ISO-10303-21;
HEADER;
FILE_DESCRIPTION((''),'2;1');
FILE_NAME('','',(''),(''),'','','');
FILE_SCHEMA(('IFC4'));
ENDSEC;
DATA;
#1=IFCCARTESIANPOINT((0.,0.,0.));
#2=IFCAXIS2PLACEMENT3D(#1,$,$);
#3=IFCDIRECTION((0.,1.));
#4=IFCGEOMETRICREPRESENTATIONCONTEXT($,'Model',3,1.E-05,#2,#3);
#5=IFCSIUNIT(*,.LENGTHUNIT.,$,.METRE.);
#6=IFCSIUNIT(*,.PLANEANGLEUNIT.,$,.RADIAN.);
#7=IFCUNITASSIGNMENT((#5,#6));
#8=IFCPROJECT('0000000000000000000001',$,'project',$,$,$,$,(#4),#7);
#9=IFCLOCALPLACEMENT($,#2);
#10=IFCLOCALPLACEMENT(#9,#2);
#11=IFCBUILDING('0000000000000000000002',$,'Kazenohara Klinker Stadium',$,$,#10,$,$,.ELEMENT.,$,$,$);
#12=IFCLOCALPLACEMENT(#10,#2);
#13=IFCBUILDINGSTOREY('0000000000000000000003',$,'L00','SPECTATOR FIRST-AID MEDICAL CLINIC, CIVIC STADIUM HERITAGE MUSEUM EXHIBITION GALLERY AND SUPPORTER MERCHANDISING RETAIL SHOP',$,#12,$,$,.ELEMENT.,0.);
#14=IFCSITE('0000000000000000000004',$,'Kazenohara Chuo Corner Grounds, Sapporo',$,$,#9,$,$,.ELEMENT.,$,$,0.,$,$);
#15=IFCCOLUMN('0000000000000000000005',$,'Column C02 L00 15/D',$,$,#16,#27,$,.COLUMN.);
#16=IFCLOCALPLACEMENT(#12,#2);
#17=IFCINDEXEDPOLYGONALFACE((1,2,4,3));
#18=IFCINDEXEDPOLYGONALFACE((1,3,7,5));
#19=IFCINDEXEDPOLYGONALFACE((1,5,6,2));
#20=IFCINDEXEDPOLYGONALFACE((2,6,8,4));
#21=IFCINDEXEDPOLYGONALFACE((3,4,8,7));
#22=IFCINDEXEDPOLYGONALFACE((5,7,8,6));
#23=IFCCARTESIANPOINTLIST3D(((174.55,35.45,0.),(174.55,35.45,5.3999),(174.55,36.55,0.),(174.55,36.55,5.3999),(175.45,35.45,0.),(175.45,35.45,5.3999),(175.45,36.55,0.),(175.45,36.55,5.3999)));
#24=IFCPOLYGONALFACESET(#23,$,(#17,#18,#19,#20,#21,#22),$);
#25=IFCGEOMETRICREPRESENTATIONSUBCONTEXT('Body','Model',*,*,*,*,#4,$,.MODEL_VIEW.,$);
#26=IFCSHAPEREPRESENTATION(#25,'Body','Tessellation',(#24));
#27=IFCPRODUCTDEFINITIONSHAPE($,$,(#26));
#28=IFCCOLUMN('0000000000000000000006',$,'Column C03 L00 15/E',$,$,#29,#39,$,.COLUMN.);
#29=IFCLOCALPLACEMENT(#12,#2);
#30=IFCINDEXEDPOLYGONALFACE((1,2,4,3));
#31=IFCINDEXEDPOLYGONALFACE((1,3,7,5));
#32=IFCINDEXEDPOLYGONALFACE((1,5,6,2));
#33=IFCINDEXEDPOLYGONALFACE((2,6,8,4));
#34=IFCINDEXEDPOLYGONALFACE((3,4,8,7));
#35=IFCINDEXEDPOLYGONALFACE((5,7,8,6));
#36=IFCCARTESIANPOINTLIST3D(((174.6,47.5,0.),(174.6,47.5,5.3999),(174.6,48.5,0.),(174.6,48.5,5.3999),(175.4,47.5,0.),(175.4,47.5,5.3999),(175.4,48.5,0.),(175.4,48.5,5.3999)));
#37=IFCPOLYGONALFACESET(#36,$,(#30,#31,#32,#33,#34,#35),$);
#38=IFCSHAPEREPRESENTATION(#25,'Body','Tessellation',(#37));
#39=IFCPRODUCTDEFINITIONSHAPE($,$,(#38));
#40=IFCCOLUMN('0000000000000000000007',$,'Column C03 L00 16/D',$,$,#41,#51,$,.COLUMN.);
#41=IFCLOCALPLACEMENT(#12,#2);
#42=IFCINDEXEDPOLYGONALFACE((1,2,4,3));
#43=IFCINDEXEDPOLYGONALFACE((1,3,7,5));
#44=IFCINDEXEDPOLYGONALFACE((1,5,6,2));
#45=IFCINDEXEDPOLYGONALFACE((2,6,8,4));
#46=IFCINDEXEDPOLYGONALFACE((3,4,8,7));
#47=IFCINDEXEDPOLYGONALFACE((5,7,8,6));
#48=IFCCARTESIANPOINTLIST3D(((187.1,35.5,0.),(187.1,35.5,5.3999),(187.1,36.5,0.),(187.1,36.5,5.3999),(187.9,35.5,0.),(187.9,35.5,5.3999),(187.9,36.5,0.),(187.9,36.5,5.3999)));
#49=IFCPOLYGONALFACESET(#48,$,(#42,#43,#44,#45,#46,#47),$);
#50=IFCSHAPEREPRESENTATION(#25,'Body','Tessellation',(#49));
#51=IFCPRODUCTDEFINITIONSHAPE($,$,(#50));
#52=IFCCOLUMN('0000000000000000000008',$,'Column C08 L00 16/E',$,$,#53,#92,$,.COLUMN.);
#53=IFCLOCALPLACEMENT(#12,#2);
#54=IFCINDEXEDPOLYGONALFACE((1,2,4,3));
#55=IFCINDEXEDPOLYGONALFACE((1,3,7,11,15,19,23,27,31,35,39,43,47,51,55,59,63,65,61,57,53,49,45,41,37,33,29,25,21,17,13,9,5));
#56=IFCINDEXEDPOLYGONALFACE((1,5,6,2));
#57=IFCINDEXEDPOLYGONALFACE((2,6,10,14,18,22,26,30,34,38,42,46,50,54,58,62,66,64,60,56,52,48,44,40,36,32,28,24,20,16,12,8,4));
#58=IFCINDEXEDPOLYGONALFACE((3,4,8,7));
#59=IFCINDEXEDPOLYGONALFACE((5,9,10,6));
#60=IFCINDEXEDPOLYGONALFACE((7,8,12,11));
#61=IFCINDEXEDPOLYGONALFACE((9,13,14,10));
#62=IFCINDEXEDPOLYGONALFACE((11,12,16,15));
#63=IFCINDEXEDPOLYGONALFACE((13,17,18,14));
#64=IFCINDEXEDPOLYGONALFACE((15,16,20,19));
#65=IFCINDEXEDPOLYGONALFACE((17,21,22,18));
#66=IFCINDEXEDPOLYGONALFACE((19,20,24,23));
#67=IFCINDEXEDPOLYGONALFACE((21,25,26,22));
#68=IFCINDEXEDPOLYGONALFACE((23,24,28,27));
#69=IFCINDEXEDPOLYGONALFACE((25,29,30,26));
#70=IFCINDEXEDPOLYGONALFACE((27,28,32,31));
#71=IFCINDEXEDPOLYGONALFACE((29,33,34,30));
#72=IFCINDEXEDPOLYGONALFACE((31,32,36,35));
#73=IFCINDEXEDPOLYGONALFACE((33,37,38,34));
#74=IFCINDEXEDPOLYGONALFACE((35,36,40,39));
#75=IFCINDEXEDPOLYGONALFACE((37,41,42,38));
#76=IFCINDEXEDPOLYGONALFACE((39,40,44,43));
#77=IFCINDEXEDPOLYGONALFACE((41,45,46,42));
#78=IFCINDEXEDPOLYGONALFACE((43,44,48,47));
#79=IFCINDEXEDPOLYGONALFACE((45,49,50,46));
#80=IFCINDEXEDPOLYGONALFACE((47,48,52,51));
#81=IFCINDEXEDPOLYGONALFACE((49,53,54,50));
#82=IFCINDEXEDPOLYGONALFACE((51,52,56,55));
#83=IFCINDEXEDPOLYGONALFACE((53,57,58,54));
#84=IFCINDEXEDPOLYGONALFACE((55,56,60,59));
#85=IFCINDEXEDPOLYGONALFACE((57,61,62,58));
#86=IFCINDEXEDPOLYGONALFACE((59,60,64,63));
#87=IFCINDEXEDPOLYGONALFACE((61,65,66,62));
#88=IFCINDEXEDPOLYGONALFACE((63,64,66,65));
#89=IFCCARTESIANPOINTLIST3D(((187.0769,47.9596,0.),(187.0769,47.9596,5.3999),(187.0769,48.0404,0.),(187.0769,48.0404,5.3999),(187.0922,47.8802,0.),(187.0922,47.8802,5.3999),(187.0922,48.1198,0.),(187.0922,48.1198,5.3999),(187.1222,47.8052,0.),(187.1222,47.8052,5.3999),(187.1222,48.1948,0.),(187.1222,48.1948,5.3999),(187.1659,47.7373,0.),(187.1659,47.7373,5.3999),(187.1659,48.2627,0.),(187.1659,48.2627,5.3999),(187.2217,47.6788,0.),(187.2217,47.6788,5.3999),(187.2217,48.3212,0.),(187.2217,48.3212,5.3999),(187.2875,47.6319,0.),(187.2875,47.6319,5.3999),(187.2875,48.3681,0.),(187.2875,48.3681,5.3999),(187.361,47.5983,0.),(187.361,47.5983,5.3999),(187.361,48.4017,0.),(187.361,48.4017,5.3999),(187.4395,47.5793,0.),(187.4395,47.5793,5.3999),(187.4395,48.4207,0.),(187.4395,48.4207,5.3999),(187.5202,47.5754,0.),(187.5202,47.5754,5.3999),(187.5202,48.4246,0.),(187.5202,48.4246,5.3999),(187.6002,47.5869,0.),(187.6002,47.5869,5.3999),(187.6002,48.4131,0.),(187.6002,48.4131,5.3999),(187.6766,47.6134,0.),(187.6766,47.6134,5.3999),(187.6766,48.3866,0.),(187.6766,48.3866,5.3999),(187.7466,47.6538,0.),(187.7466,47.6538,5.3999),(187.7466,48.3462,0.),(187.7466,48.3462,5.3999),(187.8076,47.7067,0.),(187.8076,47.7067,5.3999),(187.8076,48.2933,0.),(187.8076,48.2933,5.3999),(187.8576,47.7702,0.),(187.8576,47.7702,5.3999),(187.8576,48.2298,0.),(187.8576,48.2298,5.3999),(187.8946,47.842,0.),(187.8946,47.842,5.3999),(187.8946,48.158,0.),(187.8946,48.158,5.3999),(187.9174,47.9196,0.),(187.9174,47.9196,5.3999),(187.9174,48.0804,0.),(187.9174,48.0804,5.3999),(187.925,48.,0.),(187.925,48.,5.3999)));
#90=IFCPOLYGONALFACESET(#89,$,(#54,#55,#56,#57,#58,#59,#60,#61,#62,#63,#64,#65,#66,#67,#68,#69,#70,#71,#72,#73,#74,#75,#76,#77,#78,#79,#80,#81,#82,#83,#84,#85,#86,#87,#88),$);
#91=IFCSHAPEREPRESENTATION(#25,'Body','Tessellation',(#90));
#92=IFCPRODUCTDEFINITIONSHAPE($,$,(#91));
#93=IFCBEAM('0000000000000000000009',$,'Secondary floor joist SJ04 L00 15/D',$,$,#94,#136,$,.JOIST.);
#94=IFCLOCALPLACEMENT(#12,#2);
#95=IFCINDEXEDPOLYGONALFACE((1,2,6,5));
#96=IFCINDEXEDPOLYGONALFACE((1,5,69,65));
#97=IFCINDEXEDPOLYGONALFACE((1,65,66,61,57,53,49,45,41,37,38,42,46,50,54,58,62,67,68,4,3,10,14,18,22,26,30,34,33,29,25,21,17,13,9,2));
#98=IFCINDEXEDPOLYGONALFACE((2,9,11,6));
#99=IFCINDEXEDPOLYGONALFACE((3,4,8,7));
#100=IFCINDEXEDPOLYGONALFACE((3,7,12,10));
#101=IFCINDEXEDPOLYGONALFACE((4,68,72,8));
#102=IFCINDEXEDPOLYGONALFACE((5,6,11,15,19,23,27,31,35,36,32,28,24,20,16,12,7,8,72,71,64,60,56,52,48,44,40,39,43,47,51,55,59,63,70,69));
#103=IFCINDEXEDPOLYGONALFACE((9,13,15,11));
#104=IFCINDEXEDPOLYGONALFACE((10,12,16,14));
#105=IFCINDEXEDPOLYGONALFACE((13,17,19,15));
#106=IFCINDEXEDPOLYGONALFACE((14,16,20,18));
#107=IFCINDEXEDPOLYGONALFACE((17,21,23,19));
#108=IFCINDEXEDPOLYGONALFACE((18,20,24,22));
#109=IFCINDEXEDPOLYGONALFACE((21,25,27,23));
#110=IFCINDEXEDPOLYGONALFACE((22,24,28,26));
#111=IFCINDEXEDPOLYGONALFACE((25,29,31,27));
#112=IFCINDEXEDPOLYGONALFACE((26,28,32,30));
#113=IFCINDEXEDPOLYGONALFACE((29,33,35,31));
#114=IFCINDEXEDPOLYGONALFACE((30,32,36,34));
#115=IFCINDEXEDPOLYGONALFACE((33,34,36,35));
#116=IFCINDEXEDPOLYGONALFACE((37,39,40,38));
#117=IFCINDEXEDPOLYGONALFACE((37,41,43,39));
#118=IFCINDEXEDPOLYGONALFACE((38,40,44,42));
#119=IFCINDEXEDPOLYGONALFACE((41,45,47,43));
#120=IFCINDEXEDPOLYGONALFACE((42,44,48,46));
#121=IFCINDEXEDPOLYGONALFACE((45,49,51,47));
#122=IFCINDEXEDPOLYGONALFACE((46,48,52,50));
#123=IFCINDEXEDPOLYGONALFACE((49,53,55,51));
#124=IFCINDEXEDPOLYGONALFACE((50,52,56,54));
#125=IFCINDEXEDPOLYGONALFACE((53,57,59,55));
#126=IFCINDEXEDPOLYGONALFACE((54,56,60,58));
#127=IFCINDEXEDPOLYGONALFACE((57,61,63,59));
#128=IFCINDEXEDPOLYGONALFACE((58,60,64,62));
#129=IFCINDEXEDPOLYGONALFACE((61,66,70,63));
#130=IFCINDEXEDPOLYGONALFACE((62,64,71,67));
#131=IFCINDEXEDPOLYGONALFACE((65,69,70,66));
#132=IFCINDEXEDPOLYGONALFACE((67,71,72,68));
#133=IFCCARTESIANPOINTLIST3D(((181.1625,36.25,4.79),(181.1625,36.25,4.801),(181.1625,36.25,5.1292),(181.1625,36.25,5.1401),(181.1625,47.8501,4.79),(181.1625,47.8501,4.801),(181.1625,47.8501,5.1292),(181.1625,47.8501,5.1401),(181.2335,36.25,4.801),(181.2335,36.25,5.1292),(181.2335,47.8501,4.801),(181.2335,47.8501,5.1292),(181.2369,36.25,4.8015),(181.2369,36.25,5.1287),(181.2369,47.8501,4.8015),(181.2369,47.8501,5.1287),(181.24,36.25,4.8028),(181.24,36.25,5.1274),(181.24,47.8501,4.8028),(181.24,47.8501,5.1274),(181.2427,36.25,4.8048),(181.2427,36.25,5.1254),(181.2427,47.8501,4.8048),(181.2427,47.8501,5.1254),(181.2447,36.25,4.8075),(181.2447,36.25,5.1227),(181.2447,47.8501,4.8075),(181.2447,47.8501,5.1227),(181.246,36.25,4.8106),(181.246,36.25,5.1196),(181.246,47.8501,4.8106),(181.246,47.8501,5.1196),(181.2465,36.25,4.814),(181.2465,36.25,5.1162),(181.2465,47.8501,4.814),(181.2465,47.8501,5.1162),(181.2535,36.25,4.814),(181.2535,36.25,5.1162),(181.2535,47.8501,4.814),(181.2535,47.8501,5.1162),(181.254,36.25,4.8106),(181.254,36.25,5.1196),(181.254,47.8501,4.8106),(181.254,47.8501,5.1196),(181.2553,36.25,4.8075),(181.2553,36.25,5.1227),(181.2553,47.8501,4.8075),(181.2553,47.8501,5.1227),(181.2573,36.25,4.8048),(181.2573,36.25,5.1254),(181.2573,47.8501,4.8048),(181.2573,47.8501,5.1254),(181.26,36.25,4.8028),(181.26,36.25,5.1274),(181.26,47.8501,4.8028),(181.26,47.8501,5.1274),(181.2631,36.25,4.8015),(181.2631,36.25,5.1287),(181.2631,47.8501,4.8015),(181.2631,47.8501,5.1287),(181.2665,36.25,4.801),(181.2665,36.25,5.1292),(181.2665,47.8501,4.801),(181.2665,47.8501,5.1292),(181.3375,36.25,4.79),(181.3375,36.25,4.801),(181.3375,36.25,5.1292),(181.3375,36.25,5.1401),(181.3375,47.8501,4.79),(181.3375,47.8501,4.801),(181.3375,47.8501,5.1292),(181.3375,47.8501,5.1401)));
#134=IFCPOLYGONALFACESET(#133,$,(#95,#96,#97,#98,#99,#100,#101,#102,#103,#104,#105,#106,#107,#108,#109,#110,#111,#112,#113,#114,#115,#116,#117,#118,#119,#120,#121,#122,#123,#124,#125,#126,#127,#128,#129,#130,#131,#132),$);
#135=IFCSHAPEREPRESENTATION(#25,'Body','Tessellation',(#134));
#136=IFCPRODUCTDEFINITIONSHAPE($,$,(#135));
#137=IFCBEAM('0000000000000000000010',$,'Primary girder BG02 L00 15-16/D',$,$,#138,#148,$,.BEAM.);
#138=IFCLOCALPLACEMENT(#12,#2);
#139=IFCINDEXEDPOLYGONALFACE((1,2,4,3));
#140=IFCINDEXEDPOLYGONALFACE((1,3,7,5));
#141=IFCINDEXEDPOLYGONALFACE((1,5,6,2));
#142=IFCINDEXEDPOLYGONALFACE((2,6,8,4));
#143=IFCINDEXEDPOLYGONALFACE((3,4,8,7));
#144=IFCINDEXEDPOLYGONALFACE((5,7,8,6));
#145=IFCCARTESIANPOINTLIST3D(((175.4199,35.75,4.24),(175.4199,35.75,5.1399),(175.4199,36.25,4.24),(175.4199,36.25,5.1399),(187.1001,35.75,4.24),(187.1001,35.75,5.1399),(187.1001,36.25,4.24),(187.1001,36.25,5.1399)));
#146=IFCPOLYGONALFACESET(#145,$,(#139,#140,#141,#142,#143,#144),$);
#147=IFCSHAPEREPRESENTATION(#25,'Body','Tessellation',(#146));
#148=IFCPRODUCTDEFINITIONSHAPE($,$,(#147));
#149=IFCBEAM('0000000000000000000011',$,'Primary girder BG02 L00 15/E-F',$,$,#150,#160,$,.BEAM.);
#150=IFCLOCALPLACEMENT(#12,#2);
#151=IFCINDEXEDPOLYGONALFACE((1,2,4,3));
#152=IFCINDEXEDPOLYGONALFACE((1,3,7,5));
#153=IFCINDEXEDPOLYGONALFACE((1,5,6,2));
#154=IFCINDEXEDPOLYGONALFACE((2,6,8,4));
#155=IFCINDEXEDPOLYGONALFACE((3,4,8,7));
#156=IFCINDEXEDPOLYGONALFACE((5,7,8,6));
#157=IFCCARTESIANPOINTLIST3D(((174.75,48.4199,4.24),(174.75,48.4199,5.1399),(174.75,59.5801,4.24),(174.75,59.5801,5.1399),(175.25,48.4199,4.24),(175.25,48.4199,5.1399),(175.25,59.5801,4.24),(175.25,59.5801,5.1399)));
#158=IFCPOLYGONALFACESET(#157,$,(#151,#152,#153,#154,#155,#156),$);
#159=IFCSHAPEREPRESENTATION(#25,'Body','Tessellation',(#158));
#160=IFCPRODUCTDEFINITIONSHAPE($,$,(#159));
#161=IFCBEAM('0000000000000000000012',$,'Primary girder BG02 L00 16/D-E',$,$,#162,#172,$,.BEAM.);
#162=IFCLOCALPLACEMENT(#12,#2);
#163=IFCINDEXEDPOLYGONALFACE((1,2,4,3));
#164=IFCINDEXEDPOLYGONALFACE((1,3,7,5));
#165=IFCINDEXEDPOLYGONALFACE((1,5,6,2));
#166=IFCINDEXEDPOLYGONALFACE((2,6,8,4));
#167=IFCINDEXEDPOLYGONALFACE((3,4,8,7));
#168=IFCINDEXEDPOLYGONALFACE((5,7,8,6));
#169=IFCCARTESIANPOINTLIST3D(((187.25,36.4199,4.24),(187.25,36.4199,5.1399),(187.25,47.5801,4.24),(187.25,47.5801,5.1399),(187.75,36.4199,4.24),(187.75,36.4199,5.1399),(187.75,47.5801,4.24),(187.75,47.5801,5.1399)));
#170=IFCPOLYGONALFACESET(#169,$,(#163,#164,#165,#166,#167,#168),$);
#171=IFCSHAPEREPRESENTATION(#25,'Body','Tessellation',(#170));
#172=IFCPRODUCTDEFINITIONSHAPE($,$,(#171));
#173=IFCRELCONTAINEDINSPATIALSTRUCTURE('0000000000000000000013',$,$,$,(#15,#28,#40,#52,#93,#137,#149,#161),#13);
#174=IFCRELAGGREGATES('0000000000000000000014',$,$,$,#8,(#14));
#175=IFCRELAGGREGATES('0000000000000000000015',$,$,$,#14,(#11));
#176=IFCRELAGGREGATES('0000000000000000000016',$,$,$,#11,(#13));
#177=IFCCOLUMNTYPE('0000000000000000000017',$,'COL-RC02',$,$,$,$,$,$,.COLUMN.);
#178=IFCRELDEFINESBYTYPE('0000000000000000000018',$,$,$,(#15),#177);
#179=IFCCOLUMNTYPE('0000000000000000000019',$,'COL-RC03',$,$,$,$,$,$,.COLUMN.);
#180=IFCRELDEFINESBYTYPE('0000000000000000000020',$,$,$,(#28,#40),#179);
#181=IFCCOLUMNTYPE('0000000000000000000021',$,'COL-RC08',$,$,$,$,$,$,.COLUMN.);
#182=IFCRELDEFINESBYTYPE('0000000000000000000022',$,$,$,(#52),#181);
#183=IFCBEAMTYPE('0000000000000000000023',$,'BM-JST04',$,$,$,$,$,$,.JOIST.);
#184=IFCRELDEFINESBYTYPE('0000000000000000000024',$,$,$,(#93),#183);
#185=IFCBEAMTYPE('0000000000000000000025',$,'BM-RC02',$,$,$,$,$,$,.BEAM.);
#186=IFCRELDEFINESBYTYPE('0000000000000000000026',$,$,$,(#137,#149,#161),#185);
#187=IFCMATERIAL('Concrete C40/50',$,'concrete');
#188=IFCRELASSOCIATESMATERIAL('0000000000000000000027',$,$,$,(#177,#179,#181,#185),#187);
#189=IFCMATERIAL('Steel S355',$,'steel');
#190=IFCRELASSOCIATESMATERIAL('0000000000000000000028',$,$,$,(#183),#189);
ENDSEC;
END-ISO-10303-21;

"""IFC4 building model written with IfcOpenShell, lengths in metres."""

from ifc_helpers import new_model, si_unit, direction, frame, origin, origin_2d, place, context, subcontext, project, spatial, rectangle, circle, i_section, extrude, material, material_profile, profile_set, type_object, element, save


model = new_model("IFC4")

# Units and contexts
model_context = context("Model", 3, precision=1e-05, world=origin(), true_north=direction((0.0, 1.0)))
body_context = subcontext(model_context, "Body", "Model", "MODEL_VIEW")
ifc_project = project(units=[si_unit("LENGTHUNIT", "METRE"), si_unit("PLANEANGLEUNIT", "RADIAN")], contexts=[model_context])

# Site, building, storey
site_placement = place(None, origin())
site = spatial("IfcSite", under=ifc_project, at=site_placement, Name="Kazenohara Chuo Corner Grounds, Sapporo", CompositionType="ELEMENT", RefElevation=0.0)
building_placement = place(site_placement, origin())
building = spatial("IfcBuilding", under=site, at=building_placement, Name="Kazenohara Klinker Stadium", CompositionType="ELEMENT")
storey_placement = place(building_placement, origin())
storey = spatial("IfcBuildingStorey", under=building, at=storey_placement, Name="L00", Description="SPECTATOR FIRST-AID MEDICAL CLINIC, CIVIC STADIUM HERITAGE MUSEUM EXHIBITION GALLERY AND SUPPORTER MERCHANDISING RETAIL SHOP", CompositionType="ELEMENT", Elevation=0.0)

# Columns
ifc_material_1 = material(Name="Concrete C40/50", Category="concrete")
ifc_material_profile_1 = material_profile(ifc_material_1, rectangle(XDim=0.8999, YDim=1.1001, at=origin_2d()), Name="RC-COL-1100x900")
ifc_profile_set_1 = profile_set([ifc_material_profile_1], Name="Concrete C40/50")
column_type_1 = type_object("IfcColumnType", Name="COL-RC02", PredefinedType="COLUMN", material=ifc_profile_set_1)
column_1_placement = place(storey_placement, frame((175.0, 36.0, 0.0), z_axis=(0.0, 0.0, 1.0), x_axis=(1.0, 0.0, 0.0)))
element("IfcColumn", 1, at=column_1_placement, inside=storey, type_object=column_type_1, Name="Column C02 L00 15/D", PredefinedType="COLUMN", context=body_context, shape_type="SweptSolid", body=[
    extrude(rectangle(XDim=0.8999, YDim=1.1001, at=origin_2d()), origin(), (0.0, 0.0, 1.0), 5.3999),
])
ifc_material_profile_2 = material_profile(ifc_material_1, rectangle(XDim=0.8, YDim=1.0, at=origin_2d()), Name="RC-COL-1000x800")
ifc_profile_set_2 = profile_set([ifc_material_profile_2], Name="Concrete C40/50")
column_type_2 = type_object("IfcColumnType", Name="COL-RC03", PredefinedType="COLUMN", material=ifc_profile_set_2)
for number, where, z_axis, x_axis, name in (
    (2, (175.0, 48.0, 0.0), (0.0, 0.0, 1.0), (1.0, 0.0, 0.0), "Column C03 L00 15/E"),
    (3, (187.5, 36.0, 0.0), (0.0, 0.0, 1.0), (1.0, 0.0, 0.0), "Column C03 L00 16/D"),
):
    element("IfcColumn", number, at=place(storey_placement, frame(where, z_axis=z_axis, x_axis=x_axis)), inside=storey, type_object=column_type_2, Name=name, PredefinedType="COLUMN", context=body_context, shape_type="SweptSolid", body=[
        extrude(rectangle(XDim=0.8, YDim=1.0, at=origin_2d()), origin(), (0.0, 0.0, 1.0), 5.3999),
    ])
ifc_material_profile_3 = material_profile(ifc_material_1, circle(Radius=0.425, at=origin_2d()), Name="RC-COL-D850")
ifc_profile_set_3 = profile_set([ifc_material_profile_3], Name="Concrete C40/50")
column_type_3 = type_object("IfcColumnType", Name="COL-RC08", PredefinedType="COLUMN", material=ifc_profile_set_3)
column_2_placement = place(storey_placement, frame((187.5, 48.0, 0.0), z_axis=(0.0, 0.0, 1.0), x_axis=(1.0, 0.0, 0.0)))
element("IfcColumn", 4, at=column_2_placement, inside=storey, type_object=column_type_3, Name="Column C08 L00 16/E", PredefinedType="COLUMN", context=body_context, shape_type="SweptSolid", body=[
    extrude(circle(Radius=0.425, at=origin_2d()), origin(), (0.0, 0.0, 1.0), 5.3999),
])

# Beams
ifc_material_2 = material(Name="Steel S355", Category="steel")
ifc_material_profile_4 = material_profile(ifc_material_2, i_section(OverallWidth=0.175, OverallDepth=0.3501, WebThickness=0.0071, FlangeThickness=0.011, FilletRadius=0.0129, at=origin_2d()), Name="H-350x175x7x11")
ifc_profile_set_4 = profile_set([ifc_material_profile_4], Name="Steel S355")
beam_type_1 = type_object("IfcBeamType", Name="BM-JST04", PredefinedType="JOIST", material=ifc_profile_set_4)
beam_1_placement = place(storey_placement, frame((181.25, 36.25, 4.9651), z_axis=(0.0, 1.0, 0.0), x_axis=(-1.0, 0.0, 0.0)))
element("IfcBeam", 5, at=beam_1_placement, inside=storey, type_object=beam_type_1, Name="Secondary floor joist SJ04 L00 15/D", PredefinedType="JOIST", context=body_context, shape_type="SweptSolid", body=[
    extrude(i_section(OverallWidth=0.175, OverallDepth=0.3501, WebThickness=0.0071, FlangeThickness=0.011, FilletRadius=0.0129, at=origin_2d()), origin(), (0.0, 0.0, 1.0), 11.6001),
])
ifc_material_profile_5 = material_profile(ifc_material_1, rectangle(XDim=0.5, YDim=0.8999, at=origin_2d()), Name="RC-BM-500x900")
ifc_profile_set_5 = profile_set([ifc_material_profile_5], Name="Concrete C40/50")
beam_type_2 = type_object("IfcBeamType", Name="BM-RC02", PredefinedType="BEAM", material=ifc_profile_set_5)
beam_2_placement = place(storey_placement, frame((175.4199, 36.0, 4.6899), z_axis=(1.0, 0.0, 0.0), x_axis=(0.0, 1.0, 0.0)))
element("IfcBeam", 6, at=beam_2_placement, inside=storey, type_object=beam_type_2, Name="Primary girder BG02 L00 15-16/D", PredefinedType="BEAM", context=body_context, shape_type="SweptSolid", body=[
    extrude(rectangle(XDim=0.5, YDim=0.8999, at=origin_2d()), origin(), (0.0, 0.0, 1.0), 11.6802),
])
for number, where, z_axis, x_axis, name in (
    (7, (175.0, 48.4199, 4.6899), (0.0, 1.0, 0.0), (-1.0, 0.0, 0.0), "Primary girder BG02 L00 15/E-F"),
    (8, (187.5, 36.4199, 4.6899), (0.0, 1.0, 0.0), (-1.0, 0.0, 0.0), "Primary girder BG02 L00 16/D-E"),
):
    element("IfcBeam", number, at=place(storey_placement, frame(where, z_axis=z_axis, x_axis=x_axis)), inside=storey, type_object=beam_type_2, Name=name, PredefinedType="BEAM", context=body_context, shape_type="SweptSolid", body=[
        extrude(rectangle(XDim=0.5, YDim=0.8999, at=origin_2d()), origin(), (0.0, 0.0, 1.0), 11.1602),
    ])

save(model, "model.ifc")
